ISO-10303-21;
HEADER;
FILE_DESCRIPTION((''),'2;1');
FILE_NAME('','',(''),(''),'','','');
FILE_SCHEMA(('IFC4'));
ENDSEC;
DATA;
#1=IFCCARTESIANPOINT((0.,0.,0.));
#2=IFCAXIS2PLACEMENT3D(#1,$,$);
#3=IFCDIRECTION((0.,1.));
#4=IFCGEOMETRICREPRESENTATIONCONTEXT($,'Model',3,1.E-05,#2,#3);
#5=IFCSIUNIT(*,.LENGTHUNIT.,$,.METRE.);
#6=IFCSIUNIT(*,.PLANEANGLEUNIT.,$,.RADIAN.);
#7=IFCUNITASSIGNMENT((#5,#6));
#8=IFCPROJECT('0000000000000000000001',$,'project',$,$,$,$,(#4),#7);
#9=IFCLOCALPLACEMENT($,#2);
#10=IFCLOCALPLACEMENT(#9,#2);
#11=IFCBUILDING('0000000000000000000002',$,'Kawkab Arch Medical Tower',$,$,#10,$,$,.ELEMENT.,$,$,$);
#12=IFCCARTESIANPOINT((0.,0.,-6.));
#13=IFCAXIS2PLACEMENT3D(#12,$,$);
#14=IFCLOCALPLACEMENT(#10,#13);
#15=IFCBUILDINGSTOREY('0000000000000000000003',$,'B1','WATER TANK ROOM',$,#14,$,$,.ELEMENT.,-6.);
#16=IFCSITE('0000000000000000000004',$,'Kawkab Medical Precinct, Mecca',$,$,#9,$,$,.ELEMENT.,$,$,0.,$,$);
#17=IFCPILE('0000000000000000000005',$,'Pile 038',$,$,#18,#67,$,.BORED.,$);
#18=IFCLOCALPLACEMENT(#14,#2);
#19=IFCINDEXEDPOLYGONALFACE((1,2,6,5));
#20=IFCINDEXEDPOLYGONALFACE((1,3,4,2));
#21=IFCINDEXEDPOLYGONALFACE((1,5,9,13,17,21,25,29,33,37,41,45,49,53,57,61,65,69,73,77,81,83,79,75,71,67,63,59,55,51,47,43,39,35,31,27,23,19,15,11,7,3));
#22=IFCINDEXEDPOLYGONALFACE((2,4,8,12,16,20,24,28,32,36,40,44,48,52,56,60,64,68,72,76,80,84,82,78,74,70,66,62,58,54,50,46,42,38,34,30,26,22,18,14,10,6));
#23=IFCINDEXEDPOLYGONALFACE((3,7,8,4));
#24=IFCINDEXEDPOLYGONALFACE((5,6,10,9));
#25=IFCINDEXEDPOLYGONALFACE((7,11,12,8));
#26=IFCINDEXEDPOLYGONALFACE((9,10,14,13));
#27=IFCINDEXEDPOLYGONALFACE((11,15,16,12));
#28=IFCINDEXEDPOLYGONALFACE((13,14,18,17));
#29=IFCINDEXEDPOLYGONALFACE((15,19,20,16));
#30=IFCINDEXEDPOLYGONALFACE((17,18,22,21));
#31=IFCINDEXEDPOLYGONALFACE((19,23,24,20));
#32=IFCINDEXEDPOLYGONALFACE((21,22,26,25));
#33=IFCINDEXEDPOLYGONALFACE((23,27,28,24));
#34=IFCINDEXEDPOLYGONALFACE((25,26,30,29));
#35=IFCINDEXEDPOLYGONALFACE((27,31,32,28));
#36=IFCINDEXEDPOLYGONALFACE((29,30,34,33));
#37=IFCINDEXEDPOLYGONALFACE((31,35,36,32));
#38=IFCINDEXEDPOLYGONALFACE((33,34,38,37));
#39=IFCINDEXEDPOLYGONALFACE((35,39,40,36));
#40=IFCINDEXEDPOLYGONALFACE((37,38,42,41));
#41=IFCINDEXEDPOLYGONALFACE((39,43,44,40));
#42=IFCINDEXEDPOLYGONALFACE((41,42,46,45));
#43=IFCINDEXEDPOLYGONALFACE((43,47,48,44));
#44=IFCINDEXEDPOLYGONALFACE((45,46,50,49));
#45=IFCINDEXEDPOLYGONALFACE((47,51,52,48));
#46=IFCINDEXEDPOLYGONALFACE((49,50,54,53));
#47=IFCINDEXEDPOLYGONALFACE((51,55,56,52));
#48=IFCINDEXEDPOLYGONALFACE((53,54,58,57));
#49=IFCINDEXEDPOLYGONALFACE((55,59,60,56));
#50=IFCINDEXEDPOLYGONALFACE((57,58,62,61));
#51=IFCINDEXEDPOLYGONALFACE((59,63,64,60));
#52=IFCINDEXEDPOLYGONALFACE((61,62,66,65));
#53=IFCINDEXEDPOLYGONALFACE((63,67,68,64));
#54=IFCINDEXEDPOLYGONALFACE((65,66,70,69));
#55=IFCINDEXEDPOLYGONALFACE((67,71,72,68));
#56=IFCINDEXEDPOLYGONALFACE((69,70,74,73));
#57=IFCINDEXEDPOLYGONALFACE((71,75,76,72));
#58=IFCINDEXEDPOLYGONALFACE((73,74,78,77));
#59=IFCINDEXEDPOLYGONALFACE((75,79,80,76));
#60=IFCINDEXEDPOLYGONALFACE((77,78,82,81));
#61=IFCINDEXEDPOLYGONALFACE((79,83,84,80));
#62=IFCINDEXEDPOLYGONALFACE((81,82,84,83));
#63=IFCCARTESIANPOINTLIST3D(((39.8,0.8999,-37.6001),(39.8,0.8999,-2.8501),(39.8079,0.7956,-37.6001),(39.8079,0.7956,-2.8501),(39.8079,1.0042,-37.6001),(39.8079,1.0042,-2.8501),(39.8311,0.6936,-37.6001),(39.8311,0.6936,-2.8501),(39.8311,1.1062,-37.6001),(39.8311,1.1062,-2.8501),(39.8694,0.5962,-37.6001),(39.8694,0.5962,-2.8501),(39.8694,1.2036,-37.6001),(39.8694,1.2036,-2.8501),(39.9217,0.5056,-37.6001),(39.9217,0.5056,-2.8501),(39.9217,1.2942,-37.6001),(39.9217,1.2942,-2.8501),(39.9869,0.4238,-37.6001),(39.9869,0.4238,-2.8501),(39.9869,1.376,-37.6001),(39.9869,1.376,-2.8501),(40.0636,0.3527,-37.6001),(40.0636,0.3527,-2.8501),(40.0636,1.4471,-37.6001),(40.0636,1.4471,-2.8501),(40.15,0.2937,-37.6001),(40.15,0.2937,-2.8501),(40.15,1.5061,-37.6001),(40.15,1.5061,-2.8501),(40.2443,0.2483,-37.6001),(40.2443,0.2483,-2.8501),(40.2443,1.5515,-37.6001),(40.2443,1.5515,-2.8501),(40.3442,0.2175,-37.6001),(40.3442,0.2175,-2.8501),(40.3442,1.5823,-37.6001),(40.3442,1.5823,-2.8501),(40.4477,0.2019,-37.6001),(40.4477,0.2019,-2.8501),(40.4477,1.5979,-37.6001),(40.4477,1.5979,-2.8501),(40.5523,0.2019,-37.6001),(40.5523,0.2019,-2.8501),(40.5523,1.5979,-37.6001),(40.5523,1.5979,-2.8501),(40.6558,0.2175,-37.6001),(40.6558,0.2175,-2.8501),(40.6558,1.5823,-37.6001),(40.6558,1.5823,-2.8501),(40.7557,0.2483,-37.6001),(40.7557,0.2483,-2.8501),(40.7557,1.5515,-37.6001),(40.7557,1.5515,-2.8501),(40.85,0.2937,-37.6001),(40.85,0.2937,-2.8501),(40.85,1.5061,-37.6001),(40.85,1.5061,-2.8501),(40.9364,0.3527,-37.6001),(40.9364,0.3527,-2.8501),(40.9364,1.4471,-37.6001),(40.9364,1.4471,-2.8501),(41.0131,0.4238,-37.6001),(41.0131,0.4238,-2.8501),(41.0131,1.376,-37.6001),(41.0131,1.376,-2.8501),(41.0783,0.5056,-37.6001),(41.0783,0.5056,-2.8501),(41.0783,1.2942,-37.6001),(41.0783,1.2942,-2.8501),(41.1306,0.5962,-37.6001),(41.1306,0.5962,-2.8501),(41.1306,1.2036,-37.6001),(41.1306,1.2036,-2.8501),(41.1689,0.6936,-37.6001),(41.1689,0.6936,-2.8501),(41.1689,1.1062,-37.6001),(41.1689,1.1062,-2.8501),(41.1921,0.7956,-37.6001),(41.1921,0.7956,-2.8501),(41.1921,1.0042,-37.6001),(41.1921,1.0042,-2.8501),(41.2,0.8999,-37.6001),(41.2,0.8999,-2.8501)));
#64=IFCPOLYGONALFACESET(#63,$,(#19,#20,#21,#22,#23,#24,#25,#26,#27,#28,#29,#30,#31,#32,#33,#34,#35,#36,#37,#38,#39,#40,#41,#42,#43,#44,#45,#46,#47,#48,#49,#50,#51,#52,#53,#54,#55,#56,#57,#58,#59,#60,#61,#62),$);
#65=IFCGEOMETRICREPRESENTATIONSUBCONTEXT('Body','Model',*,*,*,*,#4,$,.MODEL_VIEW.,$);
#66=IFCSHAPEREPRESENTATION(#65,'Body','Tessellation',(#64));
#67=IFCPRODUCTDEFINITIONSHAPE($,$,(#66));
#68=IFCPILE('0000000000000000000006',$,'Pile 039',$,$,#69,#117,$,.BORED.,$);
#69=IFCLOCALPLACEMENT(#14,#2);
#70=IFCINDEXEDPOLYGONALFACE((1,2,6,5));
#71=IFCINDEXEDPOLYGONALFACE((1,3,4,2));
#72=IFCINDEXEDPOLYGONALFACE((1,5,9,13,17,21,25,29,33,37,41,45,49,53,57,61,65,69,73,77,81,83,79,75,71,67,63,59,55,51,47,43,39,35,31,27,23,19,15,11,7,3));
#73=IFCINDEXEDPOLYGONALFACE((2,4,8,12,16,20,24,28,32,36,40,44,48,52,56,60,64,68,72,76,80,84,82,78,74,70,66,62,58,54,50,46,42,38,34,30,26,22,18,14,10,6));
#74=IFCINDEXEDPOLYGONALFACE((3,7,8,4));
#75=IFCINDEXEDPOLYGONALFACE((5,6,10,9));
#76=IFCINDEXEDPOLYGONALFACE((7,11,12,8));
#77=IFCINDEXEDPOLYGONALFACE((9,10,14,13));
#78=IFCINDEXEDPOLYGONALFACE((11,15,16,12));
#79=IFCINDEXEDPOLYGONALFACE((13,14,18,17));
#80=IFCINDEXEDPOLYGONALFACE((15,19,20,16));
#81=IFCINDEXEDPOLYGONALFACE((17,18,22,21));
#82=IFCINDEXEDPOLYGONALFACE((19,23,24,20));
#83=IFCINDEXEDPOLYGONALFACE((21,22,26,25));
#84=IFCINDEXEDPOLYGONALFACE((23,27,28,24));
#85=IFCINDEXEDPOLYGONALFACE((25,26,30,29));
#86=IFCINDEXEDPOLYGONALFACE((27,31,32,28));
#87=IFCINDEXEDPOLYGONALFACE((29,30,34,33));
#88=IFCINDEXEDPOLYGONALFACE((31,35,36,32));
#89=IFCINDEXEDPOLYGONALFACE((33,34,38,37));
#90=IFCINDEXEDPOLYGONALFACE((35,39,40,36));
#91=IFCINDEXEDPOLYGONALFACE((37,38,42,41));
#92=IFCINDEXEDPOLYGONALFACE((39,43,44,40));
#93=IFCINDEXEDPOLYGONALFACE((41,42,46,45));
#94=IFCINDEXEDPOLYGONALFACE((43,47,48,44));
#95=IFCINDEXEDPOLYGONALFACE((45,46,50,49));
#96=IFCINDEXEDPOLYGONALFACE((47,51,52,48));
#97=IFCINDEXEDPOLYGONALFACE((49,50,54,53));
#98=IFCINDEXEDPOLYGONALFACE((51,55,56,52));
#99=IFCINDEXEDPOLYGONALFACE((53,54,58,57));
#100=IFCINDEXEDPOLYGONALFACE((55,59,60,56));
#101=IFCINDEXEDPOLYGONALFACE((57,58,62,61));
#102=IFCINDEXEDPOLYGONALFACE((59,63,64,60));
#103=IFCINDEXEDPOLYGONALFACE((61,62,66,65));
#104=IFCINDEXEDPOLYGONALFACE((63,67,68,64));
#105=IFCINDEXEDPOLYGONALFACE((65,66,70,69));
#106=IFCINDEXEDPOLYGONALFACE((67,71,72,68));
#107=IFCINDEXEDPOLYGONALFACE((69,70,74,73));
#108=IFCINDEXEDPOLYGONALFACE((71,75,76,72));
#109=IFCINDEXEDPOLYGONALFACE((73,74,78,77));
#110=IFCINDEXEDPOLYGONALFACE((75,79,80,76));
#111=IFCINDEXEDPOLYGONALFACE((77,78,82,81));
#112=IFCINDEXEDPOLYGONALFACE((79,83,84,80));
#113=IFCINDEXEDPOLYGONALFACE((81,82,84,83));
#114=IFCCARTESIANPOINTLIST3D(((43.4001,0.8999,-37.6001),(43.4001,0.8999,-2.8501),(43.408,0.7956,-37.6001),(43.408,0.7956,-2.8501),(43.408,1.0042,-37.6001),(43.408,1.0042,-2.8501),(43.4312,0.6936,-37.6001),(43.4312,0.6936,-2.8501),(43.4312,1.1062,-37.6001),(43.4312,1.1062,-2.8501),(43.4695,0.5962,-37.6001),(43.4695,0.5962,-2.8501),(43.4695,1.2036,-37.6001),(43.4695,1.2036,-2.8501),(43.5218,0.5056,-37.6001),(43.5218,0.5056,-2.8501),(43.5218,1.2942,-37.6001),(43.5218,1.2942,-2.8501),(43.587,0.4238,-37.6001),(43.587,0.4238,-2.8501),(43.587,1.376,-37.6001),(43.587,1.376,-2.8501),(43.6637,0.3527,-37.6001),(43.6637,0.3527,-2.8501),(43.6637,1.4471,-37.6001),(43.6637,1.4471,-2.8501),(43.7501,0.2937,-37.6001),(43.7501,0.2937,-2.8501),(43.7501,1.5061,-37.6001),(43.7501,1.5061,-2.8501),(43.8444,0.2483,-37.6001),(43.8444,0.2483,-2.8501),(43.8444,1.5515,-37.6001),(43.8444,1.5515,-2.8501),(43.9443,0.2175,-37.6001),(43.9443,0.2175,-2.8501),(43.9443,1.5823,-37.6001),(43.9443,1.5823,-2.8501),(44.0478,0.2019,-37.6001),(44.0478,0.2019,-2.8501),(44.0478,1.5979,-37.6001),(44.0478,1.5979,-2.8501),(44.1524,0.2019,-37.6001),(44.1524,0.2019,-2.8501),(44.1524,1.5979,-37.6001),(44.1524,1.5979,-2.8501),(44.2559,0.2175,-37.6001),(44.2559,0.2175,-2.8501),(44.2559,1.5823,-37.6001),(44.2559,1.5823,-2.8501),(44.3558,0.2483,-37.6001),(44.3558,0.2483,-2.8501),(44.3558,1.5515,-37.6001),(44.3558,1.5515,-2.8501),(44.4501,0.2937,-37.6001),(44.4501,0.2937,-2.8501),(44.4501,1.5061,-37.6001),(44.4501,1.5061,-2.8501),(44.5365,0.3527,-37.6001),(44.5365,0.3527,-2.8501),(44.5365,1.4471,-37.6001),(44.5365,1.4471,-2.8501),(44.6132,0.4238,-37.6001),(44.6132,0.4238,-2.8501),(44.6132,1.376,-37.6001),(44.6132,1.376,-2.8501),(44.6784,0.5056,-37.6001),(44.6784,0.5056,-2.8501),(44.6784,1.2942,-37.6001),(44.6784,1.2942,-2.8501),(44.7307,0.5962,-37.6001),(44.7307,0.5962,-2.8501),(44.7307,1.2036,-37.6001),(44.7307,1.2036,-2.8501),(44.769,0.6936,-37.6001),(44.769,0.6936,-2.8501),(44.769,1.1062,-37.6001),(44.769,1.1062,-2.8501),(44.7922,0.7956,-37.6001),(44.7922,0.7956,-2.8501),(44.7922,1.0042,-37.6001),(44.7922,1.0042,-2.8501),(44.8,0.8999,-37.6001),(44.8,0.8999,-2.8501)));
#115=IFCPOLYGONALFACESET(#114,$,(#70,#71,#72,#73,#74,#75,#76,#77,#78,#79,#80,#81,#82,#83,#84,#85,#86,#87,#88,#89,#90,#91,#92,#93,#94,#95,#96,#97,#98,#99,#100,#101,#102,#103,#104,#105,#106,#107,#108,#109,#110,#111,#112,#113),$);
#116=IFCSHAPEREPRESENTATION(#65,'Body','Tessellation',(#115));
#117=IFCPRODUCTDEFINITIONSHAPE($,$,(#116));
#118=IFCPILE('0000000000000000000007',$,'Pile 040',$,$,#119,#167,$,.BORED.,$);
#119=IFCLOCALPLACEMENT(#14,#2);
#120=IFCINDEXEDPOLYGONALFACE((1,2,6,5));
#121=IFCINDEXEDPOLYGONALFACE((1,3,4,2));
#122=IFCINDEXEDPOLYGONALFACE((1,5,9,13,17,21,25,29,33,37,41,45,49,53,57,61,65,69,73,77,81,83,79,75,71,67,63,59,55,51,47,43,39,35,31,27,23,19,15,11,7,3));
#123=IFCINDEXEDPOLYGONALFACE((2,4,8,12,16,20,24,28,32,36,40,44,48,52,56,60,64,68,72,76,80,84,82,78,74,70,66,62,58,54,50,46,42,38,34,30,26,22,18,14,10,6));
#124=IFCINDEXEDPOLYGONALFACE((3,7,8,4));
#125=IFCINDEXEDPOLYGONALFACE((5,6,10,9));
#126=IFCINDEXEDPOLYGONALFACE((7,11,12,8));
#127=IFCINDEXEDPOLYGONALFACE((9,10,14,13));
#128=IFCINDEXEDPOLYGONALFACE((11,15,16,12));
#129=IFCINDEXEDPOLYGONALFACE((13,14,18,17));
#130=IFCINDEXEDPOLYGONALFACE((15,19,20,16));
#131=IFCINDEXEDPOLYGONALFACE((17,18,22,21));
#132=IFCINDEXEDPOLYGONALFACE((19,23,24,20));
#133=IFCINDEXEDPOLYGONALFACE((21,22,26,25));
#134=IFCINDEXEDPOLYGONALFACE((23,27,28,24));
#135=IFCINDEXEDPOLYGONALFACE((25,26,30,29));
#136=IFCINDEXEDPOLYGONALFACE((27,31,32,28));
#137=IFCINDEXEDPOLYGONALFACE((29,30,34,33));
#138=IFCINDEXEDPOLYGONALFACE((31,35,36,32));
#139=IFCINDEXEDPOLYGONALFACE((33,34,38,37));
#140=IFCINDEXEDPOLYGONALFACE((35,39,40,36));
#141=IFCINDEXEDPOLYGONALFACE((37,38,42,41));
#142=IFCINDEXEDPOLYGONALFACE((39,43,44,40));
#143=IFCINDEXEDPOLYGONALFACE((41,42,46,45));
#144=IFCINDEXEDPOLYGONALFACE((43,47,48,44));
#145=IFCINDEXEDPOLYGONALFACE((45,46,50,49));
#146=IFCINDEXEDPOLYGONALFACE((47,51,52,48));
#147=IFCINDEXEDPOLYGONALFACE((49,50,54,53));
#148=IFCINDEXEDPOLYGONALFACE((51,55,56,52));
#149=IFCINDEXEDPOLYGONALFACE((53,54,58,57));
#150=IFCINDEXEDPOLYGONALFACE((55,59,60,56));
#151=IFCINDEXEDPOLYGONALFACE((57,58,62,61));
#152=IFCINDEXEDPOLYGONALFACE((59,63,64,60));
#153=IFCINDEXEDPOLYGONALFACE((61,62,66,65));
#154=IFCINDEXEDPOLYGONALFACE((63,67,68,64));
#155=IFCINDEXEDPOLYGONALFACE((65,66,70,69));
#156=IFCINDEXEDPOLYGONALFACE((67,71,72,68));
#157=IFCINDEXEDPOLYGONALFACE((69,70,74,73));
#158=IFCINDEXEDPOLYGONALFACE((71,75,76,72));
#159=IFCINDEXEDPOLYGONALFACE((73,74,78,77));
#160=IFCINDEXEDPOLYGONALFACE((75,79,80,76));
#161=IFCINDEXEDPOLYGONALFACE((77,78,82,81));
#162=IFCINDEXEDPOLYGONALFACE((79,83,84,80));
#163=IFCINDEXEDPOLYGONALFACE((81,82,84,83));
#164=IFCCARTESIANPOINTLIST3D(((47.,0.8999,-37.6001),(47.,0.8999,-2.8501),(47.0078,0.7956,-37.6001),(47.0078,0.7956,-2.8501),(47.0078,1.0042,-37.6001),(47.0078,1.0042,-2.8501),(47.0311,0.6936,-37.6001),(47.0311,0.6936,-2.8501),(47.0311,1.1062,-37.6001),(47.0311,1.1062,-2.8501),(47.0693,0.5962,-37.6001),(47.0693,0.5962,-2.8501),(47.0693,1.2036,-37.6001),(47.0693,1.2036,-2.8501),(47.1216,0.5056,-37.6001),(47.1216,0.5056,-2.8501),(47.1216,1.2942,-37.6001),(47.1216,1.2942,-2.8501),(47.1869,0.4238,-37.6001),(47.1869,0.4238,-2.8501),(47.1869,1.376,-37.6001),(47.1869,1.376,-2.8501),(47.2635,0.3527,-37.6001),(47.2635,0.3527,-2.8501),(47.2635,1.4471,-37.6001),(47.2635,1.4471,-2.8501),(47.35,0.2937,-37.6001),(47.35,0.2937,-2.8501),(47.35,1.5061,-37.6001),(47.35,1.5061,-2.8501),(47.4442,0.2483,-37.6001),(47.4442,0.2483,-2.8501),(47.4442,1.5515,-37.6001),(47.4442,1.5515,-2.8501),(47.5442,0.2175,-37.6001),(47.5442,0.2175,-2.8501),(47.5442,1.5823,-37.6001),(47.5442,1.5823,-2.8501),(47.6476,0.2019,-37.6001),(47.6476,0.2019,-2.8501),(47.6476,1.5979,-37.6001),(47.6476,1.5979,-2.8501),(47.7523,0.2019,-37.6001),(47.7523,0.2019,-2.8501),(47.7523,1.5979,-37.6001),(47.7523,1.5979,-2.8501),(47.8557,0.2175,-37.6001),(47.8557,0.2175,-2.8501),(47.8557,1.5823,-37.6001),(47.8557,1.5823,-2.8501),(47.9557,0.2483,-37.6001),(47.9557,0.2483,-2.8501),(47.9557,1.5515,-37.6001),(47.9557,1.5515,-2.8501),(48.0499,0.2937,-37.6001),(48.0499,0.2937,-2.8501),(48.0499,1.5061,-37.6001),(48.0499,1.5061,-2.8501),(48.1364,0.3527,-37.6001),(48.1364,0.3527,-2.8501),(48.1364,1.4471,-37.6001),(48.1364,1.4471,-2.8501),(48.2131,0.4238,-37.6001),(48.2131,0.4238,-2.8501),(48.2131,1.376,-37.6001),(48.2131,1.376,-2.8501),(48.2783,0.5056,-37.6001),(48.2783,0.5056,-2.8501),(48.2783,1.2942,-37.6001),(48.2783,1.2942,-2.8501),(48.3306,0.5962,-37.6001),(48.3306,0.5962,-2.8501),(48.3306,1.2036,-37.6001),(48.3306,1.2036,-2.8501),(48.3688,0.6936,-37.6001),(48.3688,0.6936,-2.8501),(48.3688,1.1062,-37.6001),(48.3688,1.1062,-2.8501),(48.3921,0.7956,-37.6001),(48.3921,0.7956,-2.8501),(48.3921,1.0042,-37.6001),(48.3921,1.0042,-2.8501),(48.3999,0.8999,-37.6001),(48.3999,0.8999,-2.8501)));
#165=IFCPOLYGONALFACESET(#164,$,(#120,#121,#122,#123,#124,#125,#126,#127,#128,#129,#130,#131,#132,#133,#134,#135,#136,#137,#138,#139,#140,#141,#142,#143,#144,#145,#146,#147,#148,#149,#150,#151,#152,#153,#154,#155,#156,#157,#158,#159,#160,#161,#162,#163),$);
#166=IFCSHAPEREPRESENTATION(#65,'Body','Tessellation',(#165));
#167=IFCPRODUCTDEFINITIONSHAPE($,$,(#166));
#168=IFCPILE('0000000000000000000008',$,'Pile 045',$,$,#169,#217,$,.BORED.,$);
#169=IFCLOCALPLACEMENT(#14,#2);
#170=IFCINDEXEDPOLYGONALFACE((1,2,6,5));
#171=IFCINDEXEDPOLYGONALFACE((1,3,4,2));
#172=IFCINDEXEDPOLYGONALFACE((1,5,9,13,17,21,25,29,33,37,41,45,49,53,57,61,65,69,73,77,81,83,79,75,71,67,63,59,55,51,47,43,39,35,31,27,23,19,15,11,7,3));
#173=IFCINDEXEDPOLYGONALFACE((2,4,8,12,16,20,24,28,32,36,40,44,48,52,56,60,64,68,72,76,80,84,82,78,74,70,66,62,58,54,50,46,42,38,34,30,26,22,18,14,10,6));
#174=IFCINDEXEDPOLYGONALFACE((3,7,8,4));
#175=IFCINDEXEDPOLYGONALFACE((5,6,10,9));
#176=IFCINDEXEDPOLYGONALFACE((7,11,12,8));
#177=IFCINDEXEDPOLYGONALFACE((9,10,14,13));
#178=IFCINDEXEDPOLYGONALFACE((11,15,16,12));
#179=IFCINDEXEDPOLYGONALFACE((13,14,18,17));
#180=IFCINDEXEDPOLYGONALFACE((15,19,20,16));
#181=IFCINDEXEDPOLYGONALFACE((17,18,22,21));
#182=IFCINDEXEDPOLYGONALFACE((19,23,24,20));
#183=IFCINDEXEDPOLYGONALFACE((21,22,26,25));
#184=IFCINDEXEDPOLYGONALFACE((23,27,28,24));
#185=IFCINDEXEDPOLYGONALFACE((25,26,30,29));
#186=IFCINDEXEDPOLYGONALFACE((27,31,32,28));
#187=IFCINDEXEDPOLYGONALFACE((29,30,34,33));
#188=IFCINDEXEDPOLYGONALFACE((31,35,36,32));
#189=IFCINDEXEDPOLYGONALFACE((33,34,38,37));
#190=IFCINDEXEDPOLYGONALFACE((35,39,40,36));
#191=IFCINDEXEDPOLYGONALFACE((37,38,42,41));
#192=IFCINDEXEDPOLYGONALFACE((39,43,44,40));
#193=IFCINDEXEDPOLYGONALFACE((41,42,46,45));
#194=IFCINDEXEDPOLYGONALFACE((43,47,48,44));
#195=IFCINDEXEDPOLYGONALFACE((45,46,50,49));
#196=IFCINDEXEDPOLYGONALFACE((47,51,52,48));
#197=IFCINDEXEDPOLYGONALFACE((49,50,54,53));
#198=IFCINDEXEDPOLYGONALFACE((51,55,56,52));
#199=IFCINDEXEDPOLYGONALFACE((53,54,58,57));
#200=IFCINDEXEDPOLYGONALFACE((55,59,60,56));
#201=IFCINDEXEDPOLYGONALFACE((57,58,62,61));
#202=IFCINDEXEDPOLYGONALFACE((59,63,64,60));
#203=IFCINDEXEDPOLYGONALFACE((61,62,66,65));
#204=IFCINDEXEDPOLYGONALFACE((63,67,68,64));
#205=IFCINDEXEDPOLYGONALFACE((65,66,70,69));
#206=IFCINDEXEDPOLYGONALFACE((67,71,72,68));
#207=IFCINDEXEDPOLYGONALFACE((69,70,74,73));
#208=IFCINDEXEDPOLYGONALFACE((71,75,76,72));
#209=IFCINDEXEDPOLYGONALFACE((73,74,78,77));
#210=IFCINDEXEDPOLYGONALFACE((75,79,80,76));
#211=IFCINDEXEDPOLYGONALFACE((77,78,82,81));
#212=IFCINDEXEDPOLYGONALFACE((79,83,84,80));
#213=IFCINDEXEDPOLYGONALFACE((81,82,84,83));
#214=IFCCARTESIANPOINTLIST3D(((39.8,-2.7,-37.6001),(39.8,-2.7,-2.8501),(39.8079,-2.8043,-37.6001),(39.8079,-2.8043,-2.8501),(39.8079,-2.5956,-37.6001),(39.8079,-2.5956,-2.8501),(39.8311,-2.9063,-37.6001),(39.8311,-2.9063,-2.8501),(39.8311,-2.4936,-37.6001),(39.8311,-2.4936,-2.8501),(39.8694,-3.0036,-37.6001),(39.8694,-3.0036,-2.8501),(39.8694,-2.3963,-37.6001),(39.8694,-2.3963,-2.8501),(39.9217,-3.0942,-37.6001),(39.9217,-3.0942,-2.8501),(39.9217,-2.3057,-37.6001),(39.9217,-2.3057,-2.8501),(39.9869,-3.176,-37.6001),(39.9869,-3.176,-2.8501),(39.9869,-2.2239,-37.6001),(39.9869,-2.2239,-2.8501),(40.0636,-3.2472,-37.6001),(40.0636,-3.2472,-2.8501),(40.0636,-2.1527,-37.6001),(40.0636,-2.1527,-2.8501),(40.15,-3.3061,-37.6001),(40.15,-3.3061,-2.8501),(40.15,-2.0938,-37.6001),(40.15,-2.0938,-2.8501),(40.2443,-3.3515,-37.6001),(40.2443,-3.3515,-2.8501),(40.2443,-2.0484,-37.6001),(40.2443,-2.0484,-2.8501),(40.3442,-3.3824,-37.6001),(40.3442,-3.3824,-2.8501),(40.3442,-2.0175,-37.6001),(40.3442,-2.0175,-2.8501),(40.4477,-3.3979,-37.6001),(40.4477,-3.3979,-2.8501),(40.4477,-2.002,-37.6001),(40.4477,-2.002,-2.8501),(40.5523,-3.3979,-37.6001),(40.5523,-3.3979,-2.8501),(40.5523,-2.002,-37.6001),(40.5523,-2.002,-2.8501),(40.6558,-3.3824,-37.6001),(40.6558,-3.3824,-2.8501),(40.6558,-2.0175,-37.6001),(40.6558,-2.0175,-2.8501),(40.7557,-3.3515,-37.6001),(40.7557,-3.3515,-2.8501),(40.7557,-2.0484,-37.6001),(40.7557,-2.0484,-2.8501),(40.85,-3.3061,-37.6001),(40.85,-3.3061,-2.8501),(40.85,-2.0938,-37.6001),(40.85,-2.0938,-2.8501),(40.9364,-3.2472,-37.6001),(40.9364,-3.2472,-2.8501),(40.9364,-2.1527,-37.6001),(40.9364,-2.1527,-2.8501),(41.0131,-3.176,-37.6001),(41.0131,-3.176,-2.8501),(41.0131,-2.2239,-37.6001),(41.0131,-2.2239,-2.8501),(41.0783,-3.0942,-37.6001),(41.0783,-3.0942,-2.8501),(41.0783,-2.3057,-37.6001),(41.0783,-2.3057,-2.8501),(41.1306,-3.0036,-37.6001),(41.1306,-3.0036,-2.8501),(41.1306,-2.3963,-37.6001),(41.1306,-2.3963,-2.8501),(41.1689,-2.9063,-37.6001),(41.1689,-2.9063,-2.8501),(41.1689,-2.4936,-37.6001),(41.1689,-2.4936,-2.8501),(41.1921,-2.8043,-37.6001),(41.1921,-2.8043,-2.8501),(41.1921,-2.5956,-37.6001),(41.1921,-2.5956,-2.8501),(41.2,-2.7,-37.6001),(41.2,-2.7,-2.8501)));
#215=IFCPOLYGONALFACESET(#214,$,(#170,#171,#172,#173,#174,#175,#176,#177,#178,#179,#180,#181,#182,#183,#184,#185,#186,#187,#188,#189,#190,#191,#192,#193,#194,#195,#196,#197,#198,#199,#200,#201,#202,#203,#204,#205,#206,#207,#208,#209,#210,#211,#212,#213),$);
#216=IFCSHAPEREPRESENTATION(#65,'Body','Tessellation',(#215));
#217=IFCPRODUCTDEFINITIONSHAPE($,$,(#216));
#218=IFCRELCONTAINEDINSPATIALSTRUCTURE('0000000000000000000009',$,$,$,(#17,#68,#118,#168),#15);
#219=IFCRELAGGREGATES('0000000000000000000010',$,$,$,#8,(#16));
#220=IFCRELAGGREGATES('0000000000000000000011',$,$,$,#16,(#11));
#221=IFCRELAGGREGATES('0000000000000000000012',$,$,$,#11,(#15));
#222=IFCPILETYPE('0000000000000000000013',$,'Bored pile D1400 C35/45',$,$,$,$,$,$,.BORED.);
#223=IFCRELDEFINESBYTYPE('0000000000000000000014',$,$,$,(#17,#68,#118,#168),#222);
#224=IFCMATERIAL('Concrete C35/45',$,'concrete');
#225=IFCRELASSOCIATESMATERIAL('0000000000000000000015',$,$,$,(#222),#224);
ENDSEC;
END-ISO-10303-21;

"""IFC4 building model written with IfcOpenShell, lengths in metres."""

from ifc_helpers import new_model, si_unit, direction, frame, origin, origin_2d, place, context, subcontext, project, spatial, circle, extrude, material, material_profile, profile_set, type_object, element, save


model = new_model("IFC4")

# Units and contexts
model_context = context("Model", 3, precision=1e-05, world=origin(), true_north=direction((0.0, 1.0)))
body_context = subcontext(model_context, "Body", "Model", "MODEL_VIEW")
ifc_project = project(units=[si_unit("LENGTHUNIT", "METRE"), si_unit("PLANEANGLEUNIT", "RADIAN")], contexts=[model_context])

# Site, building, storey
site_placement = place(None, origin())
site = spatial("IfcSite", under=ifc_project, at=site_placement, Name="Kawkab Medical Precinct, Mecca", CompositionType="ELEMENT", RefElevation=0.0)
building_placement = place(site_placement, origin())
building = spatial("IfcBuilding", under=site, at=building_placement, Name="Kawkab Arch Medical Tower", CompositionType="ELEMENT")
storey_placement = place(building_placement, frame((0.0, 0.0, -6.0)))
storey = spatial("IfcBuildingStorey", under=building, at=storey_placement, Name="B1", Description="WATER TANK ROOM", CompositionType="ELEMENT", Elevation=-6.0)

# Piles
ifc_material_1 = material(Name="Concrete C35/45", Category="concrete")
ifc_material_profile_1 = material_profile(ifc_material_1, circle(Radius=0.7, at=origin_2d()), Name="Bored pile D1400")
ifc_profile_set_1 = profile_set([ifc_material_profile_1], Name="Concrete C35/45")
pile_type_1 = type_object("IfcPileType", Name="Bored pile D1400 C35/45", PredefinedType="BORED", material=ifc_profile_set_1)
for number, where, z_axis, x_axis, name in (
    (1, (40.5, 0.8999, -2.8501), (0.0, 0.0, -1.0), (1.0, 0.0, 0.0), "Pile 038"),
    (2, (44.1001, 0.8999, -2.8501), (0.0, 0.0, -1.0), (1.0, 0.0, 0.0), "Pile 039"),
    (3, (47.7, 0.8999, -2.8501), (0.0, 0.0, -1.0), (1.0, 0.0, 0.0), "Pile 040"),
    (4, (40.5, -2.7, -2.8501), (0.0, 0.0, -1.0), (1.0, 0.0, 0.0), "Pile 045"),
):
    element("IfcPile", number, at=place(storey_placement, frame(where, z_axis=z_axis, x_axis=x_axis)), inside=storey, type_object=pile_type_1, Name=name, PredefinedType="BORED", context=body_context, shape_type="SweptSolid", body=[
        extrude(circle(Radius=0.7, at=origin_2d()), origin(), (0.0, 0.0, 1.0), 34.75),
    ])

save(model, "model.ifc")
